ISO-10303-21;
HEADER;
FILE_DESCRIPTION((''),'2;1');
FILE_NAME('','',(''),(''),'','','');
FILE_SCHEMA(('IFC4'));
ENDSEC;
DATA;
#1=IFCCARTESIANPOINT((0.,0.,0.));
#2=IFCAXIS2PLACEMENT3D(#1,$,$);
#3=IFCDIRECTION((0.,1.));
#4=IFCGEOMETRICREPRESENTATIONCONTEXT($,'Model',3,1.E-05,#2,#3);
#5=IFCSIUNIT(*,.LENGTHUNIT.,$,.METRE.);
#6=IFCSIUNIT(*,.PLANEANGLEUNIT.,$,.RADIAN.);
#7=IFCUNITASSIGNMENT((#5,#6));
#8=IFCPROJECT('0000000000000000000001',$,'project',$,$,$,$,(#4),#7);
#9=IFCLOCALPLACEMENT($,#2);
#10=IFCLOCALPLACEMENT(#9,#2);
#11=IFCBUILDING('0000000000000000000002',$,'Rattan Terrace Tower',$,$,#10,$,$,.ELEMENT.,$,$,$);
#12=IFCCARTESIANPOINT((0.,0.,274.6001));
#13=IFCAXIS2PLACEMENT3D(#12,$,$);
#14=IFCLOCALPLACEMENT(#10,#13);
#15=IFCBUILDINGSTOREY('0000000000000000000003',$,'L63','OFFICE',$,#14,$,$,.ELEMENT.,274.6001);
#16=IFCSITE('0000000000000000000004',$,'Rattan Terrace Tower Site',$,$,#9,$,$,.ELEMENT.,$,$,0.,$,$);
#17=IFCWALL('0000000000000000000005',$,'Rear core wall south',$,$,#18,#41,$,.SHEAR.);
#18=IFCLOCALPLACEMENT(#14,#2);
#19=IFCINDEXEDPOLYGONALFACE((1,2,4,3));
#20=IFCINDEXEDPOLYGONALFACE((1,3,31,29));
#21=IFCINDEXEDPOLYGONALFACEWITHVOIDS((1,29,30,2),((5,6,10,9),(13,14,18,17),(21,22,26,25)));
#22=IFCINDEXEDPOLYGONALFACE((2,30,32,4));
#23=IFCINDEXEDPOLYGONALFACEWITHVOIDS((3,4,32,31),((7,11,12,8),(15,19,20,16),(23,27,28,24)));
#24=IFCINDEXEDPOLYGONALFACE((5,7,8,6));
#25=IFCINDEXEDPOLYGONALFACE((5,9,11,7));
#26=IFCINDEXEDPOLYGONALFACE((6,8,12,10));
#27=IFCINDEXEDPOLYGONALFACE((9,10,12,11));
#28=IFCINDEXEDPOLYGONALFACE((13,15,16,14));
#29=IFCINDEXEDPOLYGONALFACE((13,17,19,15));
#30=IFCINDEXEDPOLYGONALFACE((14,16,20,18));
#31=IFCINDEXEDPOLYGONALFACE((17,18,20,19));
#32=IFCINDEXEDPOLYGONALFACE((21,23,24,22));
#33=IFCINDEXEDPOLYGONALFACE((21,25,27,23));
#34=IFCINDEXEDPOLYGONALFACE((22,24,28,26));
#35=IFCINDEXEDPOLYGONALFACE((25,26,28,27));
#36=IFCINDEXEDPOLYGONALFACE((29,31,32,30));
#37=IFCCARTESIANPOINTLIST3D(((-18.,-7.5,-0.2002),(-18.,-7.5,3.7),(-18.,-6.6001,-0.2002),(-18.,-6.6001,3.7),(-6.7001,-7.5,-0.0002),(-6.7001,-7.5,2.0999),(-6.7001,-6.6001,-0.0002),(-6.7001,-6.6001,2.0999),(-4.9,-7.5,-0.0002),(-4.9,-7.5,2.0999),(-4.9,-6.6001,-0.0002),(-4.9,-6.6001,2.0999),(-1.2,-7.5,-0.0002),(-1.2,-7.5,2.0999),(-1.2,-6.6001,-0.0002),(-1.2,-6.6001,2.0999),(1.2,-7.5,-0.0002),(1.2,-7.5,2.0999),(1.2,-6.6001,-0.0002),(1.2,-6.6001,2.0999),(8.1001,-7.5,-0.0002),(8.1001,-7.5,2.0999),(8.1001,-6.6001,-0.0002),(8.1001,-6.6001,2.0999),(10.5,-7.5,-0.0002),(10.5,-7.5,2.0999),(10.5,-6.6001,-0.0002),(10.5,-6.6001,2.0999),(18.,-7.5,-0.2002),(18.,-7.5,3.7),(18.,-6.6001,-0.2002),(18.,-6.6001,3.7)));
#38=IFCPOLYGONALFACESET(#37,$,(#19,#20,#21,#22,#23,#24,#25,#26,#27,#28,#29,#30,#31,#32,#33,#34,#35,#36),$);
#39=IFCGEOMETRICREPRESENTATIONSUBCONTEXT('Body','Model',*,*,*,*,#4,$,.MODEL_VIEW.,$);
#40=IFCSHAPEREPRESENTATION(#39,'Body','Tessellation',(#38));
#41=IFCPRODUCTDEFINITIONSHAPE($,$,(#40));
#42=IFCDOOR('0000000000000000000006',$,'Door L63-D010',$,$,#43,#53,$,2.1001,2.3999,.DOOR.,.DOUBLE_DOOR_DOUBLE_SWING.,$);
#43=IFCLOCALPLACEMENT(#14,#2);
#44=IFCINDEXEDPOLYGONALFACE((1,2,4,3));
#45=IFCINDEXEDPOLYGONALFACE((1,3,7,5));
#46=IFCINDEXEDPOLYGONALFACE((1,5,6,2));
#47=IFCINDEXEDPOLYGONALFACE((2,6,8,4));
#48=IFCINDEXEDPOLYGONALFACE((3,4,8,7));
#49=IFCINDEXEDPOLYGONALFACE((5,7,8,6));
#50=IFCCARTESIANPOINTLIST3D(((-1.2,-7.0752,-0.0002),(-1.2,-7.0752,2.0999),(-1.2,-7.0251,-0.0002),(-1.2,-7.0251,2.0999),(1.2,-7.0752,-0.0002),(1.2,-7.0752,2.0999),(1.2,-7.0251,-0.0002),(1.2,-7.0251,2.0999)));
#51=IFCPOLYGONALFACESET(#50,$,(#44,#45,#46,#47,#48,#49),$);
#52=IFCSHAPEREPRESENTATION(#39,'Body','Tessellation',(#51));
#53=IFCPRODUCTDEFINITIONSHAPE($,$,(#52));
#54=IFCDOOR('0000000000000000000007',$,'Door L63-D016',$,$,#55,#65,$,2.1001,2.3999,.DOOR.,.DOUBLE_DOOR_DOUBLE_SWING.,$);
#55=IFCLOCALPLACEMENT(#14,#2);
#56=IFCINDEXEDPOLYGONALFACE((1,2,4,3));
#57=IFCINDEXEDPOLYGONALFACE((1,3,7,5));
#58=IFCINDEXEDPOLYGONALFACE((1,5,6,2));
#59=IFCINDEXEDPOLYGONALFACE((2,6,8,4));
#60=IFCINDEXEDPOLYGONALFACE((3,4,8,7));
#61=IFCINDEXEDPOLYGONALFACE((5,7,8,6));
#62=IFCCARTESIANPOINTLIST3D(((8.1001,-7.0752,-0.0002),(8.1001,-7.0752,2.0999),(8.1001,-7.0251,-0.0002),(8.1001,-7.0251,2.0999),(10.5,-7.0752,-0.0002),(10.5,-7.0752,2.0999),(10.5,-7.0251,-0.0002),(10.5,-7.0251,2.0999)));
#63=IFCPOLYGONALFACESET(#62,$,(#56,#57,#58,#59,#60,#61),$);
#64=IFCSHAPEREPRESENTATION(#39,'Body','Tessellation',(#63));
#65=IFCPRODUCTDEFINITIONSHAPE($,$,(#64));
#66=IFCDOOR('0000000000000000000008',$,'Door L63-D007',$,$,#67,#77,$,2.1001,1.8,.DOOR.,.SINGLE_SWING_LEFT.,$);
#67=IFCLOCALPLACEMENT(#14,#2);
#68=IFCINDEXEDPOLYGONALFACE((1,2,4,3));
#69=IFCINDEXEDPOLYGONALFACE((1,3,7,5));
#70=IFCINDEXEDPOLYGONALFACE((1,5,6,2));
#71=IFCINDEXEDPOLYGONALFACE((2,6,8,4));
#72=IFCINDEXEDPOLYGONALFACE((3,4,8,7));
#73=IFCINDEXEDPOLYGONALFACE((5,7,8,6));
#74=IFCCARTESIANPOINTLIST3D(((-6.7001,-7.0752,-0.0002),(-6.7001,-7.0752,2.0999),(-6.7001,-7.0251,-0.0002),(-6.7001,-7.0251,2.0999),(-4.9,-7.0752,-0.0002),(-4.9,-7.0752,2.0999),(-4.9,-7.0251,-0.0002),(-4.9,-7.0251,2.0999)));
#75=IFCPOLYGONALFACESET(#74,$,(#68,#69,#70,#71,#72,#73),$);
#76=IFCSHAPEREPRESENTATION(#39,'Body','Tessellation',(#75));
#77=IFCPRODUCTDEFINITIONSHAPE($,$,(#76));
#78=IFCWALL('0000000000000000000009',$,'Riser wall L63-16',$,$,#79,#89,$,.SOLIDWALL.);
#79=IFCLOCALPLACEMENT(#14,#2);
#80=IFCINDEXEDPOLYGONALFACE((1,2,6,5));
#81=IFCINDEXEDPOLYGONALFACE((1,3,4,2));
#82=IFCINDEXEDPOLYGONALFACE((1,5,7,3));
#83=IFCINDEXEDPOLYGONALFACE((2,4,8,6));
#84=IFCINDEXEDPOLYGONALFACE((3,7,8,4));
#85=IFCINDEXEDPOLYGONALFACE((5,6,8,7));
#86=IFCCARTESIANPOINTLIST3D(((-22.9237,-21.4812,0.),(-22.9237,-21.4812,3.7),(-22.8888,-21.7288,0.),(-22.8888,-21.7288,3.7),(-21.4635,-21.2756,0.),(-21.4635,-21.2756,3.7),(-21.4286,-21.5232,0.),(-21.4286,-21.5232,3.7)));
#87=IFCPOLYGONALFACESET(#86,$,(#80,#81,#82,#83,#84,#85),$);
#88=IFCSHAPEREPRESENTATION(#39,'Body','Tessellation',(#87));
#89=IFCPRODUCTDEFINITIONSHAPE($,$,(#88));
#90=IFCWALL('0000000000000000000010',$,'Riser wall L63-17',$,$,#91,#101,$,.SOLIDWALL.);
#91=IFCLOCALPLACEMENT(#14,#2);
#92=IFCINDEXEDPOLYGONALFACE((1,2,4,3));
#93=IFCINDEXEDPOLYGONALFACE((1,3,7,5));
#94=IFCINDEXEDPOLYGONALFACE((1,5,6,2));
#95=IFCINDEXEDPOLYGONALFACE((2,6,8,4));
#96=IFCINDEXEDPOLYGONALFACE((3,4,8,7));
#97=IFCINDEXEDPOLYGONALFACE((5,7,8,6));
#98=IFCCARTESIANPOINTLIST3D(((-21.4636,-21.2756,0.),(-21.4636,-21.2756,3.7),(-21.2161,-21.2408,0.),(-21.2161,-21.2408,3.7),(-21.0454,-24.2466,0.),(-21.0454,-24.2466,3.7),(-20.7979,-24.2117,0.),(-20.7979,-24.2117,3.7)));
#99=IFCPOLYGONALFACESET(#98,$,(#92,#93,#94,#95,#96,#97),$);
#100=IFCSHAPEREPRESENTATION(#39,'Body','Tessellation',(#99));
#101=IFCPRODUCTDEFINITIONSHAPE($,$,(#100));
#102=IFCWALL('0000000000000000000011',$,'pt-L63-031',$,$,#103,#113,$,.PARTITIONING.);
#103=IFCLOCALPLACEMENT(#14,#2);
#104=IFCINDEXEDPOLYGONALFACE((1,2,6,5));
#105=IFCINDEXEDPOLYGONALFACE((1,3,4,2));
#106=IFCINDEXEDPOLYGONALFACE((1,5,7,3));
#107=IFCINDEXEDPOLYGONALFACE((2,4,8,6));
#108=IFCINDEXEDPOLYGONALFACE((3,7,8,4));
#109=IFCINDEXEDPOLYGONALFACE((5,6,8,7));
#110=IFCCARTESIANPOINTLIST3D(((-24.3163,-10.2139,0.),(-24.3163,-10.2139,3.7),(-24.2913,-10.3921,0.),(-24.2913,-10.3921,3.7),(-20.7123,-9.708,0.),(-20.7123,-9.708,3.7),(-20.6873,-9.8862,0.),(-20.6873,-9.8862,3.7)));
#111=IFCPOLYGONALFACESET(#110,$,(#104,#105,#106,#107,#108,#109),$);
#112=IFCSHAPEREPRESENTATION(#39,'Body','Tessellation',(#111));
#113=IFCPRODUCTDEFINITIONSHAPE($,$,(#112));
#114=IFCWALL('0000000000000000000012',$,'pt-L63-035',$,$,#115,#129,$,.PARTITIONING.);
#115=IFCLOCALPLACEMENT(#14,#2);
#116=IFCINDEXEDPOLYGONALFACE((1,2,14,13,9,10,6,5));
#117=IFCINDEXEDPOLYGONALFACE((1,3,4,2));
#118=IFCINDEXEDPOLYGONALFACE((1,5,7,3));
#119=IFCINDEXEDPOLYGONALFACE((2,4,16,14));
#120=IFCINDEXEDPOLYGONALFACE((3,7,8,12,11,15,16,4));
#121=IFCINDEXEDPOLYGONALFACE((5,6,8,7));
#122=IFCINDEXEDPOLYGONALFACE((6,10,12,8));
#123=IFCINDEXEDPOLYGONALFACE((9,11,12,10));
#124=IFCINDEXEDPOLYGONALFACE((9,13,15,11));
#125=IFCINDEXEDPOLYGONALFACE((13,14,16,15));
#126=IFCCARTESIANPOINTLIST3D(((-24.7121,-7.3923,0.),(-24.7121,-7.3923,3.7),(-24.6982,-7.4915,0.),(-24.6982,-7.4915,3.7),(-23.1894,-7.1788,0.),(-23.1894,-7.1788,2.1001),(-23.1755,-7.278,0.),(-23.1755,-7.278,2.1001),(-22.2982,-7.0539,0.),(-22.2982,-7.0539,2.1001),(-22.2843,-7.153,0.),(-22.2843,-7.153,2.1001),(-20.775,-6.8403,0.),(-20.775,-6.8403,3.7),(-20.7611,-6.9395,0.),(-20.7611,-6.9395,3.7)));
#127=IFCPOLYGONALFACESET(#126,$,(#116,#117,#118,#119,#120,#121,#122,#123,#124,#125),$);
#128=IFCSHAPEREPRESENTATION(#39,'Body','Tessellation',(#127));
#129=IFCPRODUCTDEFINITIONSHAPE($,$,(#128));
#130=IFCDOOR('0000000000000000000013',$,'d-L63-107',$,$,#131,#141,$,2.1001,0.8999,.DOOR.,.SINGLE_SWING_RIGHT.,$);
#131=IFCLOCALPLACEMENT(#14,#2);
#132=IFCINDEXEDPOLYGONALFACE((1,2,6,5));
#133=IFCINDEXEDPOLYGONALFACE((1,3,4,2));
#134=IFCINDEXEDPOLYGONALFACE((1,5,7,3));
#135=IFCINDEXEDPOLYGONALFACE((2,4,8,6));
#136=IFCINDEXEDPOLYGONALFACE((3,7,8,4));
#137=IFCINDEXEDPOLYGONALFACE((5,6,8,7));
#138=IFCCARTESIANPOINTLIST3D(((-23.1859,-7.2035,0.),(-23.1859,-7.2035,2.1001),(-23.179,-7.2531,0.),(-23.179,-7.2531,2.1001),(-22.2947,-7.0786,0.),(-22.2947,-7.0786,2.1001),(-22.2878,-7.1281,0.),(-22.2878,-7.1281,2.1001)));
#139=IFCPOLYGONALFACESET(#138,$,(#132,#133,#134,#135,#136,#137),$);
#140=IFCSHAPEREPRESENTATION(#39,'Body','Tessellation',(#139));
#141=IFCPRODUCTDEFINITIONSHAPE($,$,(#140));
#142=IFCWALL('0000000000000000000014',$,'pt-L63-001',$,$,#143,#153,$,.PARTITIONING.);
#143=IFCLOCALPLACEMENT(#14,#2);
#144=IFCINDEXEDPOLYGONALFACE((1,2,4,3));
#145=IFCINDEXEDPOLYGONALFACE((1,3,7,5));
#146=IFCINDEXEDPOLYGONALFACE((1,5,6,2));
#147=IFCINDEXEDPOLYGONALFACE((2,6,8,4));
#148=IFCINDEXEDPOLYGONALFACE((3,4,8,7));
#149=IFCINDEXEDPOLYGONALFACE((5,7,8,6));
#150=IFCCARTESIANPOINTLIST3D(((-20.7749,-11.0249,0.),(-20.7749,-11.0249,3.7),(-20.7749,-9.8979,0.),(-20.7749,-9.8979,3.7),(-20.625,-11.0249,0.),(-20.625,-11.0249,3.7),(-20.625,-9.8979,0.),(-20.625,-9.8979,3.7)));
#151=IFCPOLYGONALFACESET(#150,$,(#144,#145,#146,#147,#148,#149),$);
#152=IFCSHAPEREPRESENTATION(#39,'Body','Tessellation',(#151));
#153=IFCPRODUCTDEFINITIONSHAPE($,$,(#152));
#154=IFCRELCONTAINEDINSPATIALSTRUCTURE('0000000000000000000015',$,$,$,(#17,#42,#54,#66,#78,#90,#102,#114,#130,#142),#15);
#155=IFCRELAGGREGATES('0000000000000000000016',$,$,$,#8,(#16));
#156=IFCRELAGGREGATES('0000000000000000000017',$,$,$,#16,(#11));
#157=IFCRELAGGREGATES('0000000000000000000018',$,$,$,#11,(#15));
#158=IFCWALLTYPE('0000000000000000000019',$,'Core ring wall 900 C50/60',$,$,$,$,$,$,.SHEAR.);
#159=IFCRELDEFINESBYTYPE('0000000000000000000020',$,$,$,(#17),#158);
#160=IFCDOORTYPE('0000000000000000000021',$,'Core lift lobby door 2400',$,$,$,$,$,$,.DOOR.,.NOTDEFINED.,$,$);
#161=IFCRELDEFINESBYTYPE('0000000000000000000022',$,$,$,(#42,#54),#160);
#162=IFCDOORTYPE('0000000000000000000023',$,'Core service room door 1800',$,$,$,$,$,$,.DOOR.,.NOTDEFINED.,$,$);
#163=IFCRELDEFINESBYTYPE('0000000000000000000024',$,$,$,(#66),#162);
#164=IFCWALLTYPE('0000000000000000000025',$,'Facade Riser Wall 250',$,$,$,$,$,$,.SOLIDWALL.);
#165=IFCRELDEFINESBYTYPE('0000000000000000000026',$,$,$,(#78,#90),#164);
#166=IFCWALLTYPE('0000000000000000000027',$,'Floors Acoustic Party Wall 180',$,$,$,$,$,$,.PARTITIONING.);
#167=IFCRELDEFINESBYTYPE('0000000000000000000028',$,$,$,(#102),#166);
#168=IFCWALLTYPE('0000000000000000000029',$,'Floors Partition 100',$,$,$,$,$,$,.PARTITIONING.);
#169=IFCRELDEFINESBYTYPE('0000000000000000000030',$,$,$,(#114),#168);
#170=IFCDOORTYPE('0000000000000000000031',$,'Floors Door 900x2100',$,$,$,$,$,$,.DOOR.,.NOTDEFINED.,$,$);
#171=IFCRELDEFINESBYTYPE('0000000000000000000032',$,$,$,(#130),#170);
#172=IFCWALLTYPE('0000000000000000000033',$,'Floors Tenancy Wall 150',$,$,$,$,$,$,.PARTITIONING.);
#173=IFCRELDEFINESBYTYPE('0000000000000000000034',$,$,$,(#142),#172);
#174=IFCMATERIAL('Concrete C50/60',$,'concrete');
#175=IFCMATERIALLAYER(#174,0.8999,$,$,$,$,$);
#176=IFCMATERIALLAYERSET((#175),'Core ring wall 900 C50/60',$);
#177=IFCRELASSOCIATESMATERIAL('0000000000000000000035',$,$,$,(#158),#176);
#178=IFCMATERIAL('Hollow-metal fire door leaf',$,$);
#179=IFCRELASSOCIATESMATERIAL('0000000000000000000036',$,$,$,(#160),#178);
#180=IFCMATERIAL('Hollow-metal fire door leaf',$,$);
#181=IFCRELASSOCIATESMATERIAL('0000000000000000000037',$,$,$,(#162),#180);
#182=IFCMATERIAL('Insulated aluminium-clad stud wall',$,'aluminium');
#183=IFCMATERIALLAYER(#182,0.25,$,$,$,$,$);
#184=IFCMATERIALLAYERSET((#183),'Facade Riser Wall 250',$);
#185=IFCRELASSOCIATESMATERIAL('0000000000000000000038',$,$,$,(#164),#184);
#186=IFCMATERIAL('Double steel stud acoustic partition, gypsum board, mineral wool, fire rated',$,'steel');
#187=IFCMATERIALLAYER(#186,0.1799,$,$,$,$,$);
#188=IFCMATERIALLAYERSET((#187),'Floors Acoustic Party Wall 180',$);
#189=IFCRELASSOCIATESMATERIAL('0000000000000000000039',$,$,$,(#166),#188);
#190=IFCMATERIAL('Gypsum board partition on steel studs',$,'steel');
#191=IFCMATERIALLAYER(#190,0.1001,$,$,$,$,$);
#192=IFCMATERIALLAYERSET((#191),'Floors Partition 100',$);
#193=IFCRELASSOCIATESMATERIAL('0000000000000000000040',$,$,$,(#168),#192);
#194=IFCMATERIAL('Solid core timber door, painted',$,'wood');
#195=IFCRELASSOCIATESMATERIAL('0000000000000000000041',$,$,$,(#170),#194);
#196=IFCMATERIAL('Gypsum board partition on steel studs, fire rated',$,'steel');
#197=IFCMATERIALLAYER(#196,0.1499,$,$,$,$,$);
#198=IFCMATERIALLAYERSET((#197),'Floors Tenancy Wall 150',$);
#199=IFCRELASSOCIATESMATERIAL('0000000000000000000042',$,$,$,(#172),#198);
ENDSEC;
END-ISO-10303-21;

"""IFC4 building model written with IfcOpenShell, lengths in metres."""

from ifc_helpers import new_model, si_unit, direction, frame, frame_2d, origin, place, context, subcontext, project, spatial, rectangle, extrude, material, layer, layer_set, type_object, element, fill, save


model = new_model("IFC4")

# Units and contexts
model_context = context("Model", 3, precision=1e-05, world=origin(), true_north=direction((0.0, 1.0)))
body_context = subcontext(model_context, "Body", "Model", "MODEL_VIEW")
ifc_project = project(units=[si_unit("LENGTHUNIT", "METRE"), si_unit("PLANEANGLEUNIT", "RADIAN")], contexts=[model_context])

# Site, building, storey
site_placement = place(None, origin())
site = spatial("IfcSite", under=ifc_project, at=site_placement, Name="Rattan Terrace Tower Site", CompositionType="ELEMENT", RefElevation=0.0)
building_placement = place(site_placement, origin())
building = spatial("IfcBuilding", under=site, at=building_placement, Name="Rattan Terrace Tower", CompositionType="ELEMENT")
storey_placement = place(building_placement, frame((0.0, 0.0, 274.6001)))
storey = spatial("IfcBuildingStorey", under=building, at=storey_placement, Name="L63", Description="OFFICE", CompositionType="ELEMENT", Elevation=274.6001)

# Wall, openings, doors
ifc_material_1 = material(Name="Concrete C50/60", Category="concrete")
ifc_layer_1 = layer(ifc_material_1, 0.8999)
ifc_layer_set_1 = layer_set([ifc_layer_1], Name="Core ring wall 900 C50/60")
wall_type_1 = type_object("IfcWallType", Name="Core ring wall 900 C50/60", PredefinedType="SHEAR", material=ifc_layer_set_1)
wall_1_placement = place(storey_placement, frame((-18.0, -7.05, -0.2002), z_axis=(0.0, 0.0, 1.0), x_axis=(1.0, 0.0, 0.0)))
wall_1 = element("IfcWall", 1, at=wall_1_placement, inside=storey, type_object=wall_type_1, Name="Rear core wall south", PredefinedType="SHEAR", context=body_context, shape_type="SweptSolid", body=[
    extrude(rectangle(XDim=36.0, YDim=0.8999, at=frame_2d((18.0, 0.0))), origin(), (0.0, 0.0, 1.0), 3.9001),
])
opening_1_placement = place(wall_1_placement, frame((11.3, 0.0, 0.2)))
opening_1 = element("IfcOpeningElement", 2, at=opening_1_placement, cuts=wall_1, PredefinedType="OPENING", context=body_context, shape_type="SweptSolid", body=[
    extrude(rectangle(XDim=1.8, YDim=2.1001, at=frame_2d((0.8999, 1.05))), frame((0.0, 0.4604, 0.0), z_axis=(0.0, -1.0, 0.0), x_axis=(1.0, 0.0, 0.0)), (0.0, 0.0, 1.0), 0.9209),
])
opening_2_placement = place(wall_1_placement, frame((16.8, 0.0, 0.2)))
opening_2 = element("IfcOpeningElement", 3, at=opening_2_placement, cuts=wall_1, PredefinedType="OPENING", context=body_context, shape_type="SweptSolid", body=[
    extrude(rectangle(XDim=2.3999, YDim=2.1001, at=frame_2d((1.2, 1.05))), frame((0.0, 0.4604, 0.0), z_axis=(0.0, -1.0, 0.0), x_axis=(1.0, 0.0, 0.0)), (0.0, 0.0, 1.0), 0.9209),
])
opening_3_placement = place(wall_1_placement, frame((26.1001, 0.0, 0.2)))
opening_3 = element("IfcOpeningElement", 4, at=opening_3_placement, cuts=wall_1, PredefinedType="OPENING", context=body_context, shape_type="SweptSolid", body=[
    extrude(rectangle(XDim=2.3999, YDim=2.1001, at=frame_2d((1.2, 1.05))), frame((0.0, 0.4604, 0.0), z_axis=(0.0, -1.0, 0.0), x_axis=(1.0, 0.0, 0.0)), (0.0, 0.0, 1.0), 0.9209),
])
ifc_material_2 = material(Name="Hollow-metal fire door leaf")
door_type_1 = type_object("IfcDoorType", Name="Core lift lobby door 2400", OperationType="NOTDEFINED", PredefinedType="DOOR", material=ifc_material_2)
door_1_placement = place(opening_2_placement, origin())
door_1 = element("IfcDoor", 5, at=door_1_placement, inside=storey, type_object=door_type_1, Name="Door L63-D010", OperationType="DOUBLE_DOOR_DOUBLE_SWING", OverallHeight=2.1001, OverallWidth=2.3999, PredefinedType="DOOR", context=body_context, shape_type="SweptSolid", body=[
    extrude(rectangle(XDim=2.3999, YDim=2.1001, at=frame_2d((1.2, 1.05))), frame((0.0, 0.0249, 0.0), z_axis=(0.0, -1.0, 0.0), x_axis=(1.0, 0.0, 0.0)), (0.0, 0.0, 1.0), 0.05),
])
fill(opening_2, door_1)
door_2_placement = place(opening_3_placement, origin())
door_2 = element("IfcDoor", 6, at=door_2_placement, inside=storey, type_object=door_type_1, Name="Door L63-D016", OperationType="DOUBLE_DOOR_DOUBLE_SWING", OverallHeight=2.1001, OverallWidth=2.3999, PredefinedType="DOOR", context=body_context, shape_type="SweptSolid", body=[
    extrude(rectangle(XDim=2.3999, YDim=2.1001, at=frame_2d((1.2, 1.05))), frame((0.0, 0.0249, 0.0), z_axis=(0.0, -1.0, 0.0), x_axis=(1.0, 0.0, 0.0)), (0.0, 0.0, 1.0), 0.05),
])
fill(opening_3, door_2)
ifc_material_3 = material(Name="Hollow-metal fire door leaf")
door_type_2 = type_object("IfcDoorType", Name="Core service room door 1800", OperationType="NOTDEFINED", PredefinedType="DOOR", material=ifc_material_3)
door_3_placement = place(opening_1_placement, origin())
door_3 = element("IfcDoor", 7, at=door_3_placement, inside=storey, type_object=door_type_2, Name="Door L63-D007", OperationType="SINGLE_SWING_LEFT", OverallHeight=2.1001, OverallWidth=1.8, PredefinedType="DOOR", context=body_context, shape_type="SweptSolid", body=[
    extrude(rectangle(XDim=1.8, YDim=2.1001, at=frame_2d((0.8999, 1.05))), frame((0.0, 0.0249, 0.0), z_axis=(0.0, -1.0, 0.0), x_axis=(1.0, 0.0, 0.0)), (0.0, 0.0, 1.0), 0.05),
])
fill(opening_1, door_3)

# Walls
ifc_material_4 = material(Name="Insulated aluminium-clad stud wall", Category="aluminium")
ifc_layer_2 = layer(ifc_material_4, 0.25)
ifc_layer_set_2 = layer_set([ifc_layer_2], Name="Facade Riser Wall 250")
wall_type_2 = type_object("IfcWallType", Name="Facade Riser Wall 250", PredefinedType="SOLIDWALL", material=ifc_layer_set_2)
wall_2_placement = place(storey_placement, frame((-22.9062, -21.605, 0.0), z_axis=(0.0, 0.0, 1.0), x_axis=(0.990236, 0.139404, 0.0)))
element("IfcWall", 8, at=wall_2_placement, inside=storey, type_object=wall_type_2, Name="Riser wall L63-16", PredefinedType="SOLIDWALL", context=body_context, shape_type="SweptSolid", body=[
    extrude(rectangle(XDim=1.4746, YDim=0.25, at=frame_2d((0.7373, 0.0))), origin(), (0.0, 0.0, 1.0), 3.7),
])
wall_3_placement = place(storey_placement, frame((-21.3398, -21.2583, 0.0), z_axis=(0.0, 0.0, 1.0), x_axis=(0.139393, -0.990237, 0.0)))
element("IfcWall", 9, at=wall_3_placement, inside=storey, type_object=wall_type_2, Name="Riser wall L63-17", PredefinedType="SOLIDWALL", context=body_context, shape_type="SweptSolid", body=[
    extrude(rectangle(XDim=3.0002, YDim=0.25, at=frame_2d((1.5, 0.0))), origin(), (0.0, 0.0, 1.0), 3.7),
])
ifc_material_5 = material(Name="Double steel stud acoustic partition, gypsum board, mineral wool, fire rated", Category="steel")
ifc_layer_3 = layer(ifc_material_5, 0.1799)
ifc_layer_set_3 = layer_set([ifc_layer_3], Name="Floors Acoustic Party Wall 180")
wall_type_3 = type_object("IfcWallType", Name="Floors Acoustic Party Wall 180", PredefinedType="PARTITIONING", material=ifc_layer_set_3)
wall_4_placement = place(storey_placement, frame((-24.304, -10.303, 0.0), z_axis=(0.0, 0.0, 1.0), x_axis=(0.990293, 0.138998, 0.0)))
element("IfcWall", 10, at=wall_4_placement, inside=storey, type_object=wall_type_3, Name="pt-L63-031", PredefinedType="PARTITIONING", context=body_context, shape_type="SweptSolid", body=[
    extrude(rectangle(XDim=3.6394, YDim=0.1799, at=frame_2d((1.8198, 0.0))), origin(), (0.0, 0.0, 1.0), 3.7),
])

# Wall, opening, door
ifc_material_6 = material(Name="Gypsum board partition on steel studs", Category="steel")
ifc_layer_4 = layer(ifc_material_6, 0.1001)
ifc_layer_set_4 = layer_set([ifc_layer_4], Name="Floors Partition 100")
wall_type_4 = type_object("IfcWallType", Name="Floors Partition 100", PredefinedType="PARTITIONING", material=ifc_layer_set_4)
wall_5_placement = place(storey_placement, frame((-20.7681, -6.8899, 0.0), z_axis=(0.0, 0.0, 1.0), x_axis=(-0.990313, -0.13885, 0.0)))
wall_5 = element("IfcWall", 11, at=wall_5_placement, inside=storey, type_object=wall_type_4, Name="pt-L63-035", PredefinedType="PARTITIONING", context=body_context, shape_type="SweptSolid", body=[
    extrude(rectangle(XDim=3.9756, YDim=0.1001, at=frame_2d((1.9878, 0.0))), origin(), (0.0, 0.0, 1.0), 3.7),
])
opening_4_placement = place(wall_5_placement, frame((1.5381, 0.0, 0.0)))
opening_4 = element("IfcOpeningElement", 12, at=opening_4_placement, cuts=wall_5, PredefinedType="OPENING", context=body_context, shape_type="SweptSolid", body=[
    extrude(rectangle(XDim=0.8999, YDim=2.1001, at=frame_2d((0.45, 1.05))), frame((0.0, 0.0605, 0.0), z_axis=(0.0, -1.0, 0.0), x_axis=(1.0, 0.0, 0.0)), (0.0, 0.0, 1.0), 0.1211),
])
ifc_material_7 = material(Name="Solid core timber door, painted", Category="wood")
door_type_3 = type_object("IfcDoorType", Name="Floors Door 900x2100", OperationType="NOTDEFINED", PredefinedType="DOOR", material=ifc_material_7)
door_4_placement = place(opening_4_placement, origin())
door_4 = element("IfcDoor", 13, at=door_4_placement, inside=storey, type_object=door_type_3, Name="d-L63-107", OperationType="SINGLE_SWING_RIGHT", OverallHeight=2.1001, OverallWidth=0.8999, PredefinedType="DOOR", context=body_context, shape_type="SweptSolid", body=[
    extrude(rectangle(XDim=0.8999, YDim=2.1001, at=frame_2d((0.45, 1.05))), frame((0.0, 0.0249, 0.0), z_axis=(0.0, -1.0, 0.0), x_axis=(1.0, 0.0, 0.0)), (0.0, 0.0, 1.0), 0.05),
])
fill(opening_4, door_4)

# Wall
ifc_material_8 = material(Name="Gypsum board partition on steel studs, fire rated", Category="steel")
ifc_layer_5 = layer(ifc_material_8, 0.1499)
ifc_layer_set_5 = layer_set([ifc_layer_5], Name="Floors Tenancy Wall 150")
wall_type_5 = type_object("IfcWallType", Name="Floors Tenancy Wall 150", PredefinedType="PARTITIONING", material=ifc_layer_set_5)
wall_6_placement = place(storey_placement, frame((-20.7, -11.0249, 0.0), z_axis=(0.0, 0.0, 1.0), x_axis=(0.0, 1.0, 0.0)))
element("IfcWall", 14, at=wall_6_placement, inside=storey, type_object=wall_type_5, Name="pt-L63-001", PredefinedType="PARTITIONING", context=body_context, shape_type="SweptSolid", body=[
    extrude(rectangle(XDim=1.127, YDim=0.1499, at=frame_2d((0.5635, 0.0))), origin(), (0.0, 0.0, 1.0), 3.7),
])

save(model, "model.ifc")
